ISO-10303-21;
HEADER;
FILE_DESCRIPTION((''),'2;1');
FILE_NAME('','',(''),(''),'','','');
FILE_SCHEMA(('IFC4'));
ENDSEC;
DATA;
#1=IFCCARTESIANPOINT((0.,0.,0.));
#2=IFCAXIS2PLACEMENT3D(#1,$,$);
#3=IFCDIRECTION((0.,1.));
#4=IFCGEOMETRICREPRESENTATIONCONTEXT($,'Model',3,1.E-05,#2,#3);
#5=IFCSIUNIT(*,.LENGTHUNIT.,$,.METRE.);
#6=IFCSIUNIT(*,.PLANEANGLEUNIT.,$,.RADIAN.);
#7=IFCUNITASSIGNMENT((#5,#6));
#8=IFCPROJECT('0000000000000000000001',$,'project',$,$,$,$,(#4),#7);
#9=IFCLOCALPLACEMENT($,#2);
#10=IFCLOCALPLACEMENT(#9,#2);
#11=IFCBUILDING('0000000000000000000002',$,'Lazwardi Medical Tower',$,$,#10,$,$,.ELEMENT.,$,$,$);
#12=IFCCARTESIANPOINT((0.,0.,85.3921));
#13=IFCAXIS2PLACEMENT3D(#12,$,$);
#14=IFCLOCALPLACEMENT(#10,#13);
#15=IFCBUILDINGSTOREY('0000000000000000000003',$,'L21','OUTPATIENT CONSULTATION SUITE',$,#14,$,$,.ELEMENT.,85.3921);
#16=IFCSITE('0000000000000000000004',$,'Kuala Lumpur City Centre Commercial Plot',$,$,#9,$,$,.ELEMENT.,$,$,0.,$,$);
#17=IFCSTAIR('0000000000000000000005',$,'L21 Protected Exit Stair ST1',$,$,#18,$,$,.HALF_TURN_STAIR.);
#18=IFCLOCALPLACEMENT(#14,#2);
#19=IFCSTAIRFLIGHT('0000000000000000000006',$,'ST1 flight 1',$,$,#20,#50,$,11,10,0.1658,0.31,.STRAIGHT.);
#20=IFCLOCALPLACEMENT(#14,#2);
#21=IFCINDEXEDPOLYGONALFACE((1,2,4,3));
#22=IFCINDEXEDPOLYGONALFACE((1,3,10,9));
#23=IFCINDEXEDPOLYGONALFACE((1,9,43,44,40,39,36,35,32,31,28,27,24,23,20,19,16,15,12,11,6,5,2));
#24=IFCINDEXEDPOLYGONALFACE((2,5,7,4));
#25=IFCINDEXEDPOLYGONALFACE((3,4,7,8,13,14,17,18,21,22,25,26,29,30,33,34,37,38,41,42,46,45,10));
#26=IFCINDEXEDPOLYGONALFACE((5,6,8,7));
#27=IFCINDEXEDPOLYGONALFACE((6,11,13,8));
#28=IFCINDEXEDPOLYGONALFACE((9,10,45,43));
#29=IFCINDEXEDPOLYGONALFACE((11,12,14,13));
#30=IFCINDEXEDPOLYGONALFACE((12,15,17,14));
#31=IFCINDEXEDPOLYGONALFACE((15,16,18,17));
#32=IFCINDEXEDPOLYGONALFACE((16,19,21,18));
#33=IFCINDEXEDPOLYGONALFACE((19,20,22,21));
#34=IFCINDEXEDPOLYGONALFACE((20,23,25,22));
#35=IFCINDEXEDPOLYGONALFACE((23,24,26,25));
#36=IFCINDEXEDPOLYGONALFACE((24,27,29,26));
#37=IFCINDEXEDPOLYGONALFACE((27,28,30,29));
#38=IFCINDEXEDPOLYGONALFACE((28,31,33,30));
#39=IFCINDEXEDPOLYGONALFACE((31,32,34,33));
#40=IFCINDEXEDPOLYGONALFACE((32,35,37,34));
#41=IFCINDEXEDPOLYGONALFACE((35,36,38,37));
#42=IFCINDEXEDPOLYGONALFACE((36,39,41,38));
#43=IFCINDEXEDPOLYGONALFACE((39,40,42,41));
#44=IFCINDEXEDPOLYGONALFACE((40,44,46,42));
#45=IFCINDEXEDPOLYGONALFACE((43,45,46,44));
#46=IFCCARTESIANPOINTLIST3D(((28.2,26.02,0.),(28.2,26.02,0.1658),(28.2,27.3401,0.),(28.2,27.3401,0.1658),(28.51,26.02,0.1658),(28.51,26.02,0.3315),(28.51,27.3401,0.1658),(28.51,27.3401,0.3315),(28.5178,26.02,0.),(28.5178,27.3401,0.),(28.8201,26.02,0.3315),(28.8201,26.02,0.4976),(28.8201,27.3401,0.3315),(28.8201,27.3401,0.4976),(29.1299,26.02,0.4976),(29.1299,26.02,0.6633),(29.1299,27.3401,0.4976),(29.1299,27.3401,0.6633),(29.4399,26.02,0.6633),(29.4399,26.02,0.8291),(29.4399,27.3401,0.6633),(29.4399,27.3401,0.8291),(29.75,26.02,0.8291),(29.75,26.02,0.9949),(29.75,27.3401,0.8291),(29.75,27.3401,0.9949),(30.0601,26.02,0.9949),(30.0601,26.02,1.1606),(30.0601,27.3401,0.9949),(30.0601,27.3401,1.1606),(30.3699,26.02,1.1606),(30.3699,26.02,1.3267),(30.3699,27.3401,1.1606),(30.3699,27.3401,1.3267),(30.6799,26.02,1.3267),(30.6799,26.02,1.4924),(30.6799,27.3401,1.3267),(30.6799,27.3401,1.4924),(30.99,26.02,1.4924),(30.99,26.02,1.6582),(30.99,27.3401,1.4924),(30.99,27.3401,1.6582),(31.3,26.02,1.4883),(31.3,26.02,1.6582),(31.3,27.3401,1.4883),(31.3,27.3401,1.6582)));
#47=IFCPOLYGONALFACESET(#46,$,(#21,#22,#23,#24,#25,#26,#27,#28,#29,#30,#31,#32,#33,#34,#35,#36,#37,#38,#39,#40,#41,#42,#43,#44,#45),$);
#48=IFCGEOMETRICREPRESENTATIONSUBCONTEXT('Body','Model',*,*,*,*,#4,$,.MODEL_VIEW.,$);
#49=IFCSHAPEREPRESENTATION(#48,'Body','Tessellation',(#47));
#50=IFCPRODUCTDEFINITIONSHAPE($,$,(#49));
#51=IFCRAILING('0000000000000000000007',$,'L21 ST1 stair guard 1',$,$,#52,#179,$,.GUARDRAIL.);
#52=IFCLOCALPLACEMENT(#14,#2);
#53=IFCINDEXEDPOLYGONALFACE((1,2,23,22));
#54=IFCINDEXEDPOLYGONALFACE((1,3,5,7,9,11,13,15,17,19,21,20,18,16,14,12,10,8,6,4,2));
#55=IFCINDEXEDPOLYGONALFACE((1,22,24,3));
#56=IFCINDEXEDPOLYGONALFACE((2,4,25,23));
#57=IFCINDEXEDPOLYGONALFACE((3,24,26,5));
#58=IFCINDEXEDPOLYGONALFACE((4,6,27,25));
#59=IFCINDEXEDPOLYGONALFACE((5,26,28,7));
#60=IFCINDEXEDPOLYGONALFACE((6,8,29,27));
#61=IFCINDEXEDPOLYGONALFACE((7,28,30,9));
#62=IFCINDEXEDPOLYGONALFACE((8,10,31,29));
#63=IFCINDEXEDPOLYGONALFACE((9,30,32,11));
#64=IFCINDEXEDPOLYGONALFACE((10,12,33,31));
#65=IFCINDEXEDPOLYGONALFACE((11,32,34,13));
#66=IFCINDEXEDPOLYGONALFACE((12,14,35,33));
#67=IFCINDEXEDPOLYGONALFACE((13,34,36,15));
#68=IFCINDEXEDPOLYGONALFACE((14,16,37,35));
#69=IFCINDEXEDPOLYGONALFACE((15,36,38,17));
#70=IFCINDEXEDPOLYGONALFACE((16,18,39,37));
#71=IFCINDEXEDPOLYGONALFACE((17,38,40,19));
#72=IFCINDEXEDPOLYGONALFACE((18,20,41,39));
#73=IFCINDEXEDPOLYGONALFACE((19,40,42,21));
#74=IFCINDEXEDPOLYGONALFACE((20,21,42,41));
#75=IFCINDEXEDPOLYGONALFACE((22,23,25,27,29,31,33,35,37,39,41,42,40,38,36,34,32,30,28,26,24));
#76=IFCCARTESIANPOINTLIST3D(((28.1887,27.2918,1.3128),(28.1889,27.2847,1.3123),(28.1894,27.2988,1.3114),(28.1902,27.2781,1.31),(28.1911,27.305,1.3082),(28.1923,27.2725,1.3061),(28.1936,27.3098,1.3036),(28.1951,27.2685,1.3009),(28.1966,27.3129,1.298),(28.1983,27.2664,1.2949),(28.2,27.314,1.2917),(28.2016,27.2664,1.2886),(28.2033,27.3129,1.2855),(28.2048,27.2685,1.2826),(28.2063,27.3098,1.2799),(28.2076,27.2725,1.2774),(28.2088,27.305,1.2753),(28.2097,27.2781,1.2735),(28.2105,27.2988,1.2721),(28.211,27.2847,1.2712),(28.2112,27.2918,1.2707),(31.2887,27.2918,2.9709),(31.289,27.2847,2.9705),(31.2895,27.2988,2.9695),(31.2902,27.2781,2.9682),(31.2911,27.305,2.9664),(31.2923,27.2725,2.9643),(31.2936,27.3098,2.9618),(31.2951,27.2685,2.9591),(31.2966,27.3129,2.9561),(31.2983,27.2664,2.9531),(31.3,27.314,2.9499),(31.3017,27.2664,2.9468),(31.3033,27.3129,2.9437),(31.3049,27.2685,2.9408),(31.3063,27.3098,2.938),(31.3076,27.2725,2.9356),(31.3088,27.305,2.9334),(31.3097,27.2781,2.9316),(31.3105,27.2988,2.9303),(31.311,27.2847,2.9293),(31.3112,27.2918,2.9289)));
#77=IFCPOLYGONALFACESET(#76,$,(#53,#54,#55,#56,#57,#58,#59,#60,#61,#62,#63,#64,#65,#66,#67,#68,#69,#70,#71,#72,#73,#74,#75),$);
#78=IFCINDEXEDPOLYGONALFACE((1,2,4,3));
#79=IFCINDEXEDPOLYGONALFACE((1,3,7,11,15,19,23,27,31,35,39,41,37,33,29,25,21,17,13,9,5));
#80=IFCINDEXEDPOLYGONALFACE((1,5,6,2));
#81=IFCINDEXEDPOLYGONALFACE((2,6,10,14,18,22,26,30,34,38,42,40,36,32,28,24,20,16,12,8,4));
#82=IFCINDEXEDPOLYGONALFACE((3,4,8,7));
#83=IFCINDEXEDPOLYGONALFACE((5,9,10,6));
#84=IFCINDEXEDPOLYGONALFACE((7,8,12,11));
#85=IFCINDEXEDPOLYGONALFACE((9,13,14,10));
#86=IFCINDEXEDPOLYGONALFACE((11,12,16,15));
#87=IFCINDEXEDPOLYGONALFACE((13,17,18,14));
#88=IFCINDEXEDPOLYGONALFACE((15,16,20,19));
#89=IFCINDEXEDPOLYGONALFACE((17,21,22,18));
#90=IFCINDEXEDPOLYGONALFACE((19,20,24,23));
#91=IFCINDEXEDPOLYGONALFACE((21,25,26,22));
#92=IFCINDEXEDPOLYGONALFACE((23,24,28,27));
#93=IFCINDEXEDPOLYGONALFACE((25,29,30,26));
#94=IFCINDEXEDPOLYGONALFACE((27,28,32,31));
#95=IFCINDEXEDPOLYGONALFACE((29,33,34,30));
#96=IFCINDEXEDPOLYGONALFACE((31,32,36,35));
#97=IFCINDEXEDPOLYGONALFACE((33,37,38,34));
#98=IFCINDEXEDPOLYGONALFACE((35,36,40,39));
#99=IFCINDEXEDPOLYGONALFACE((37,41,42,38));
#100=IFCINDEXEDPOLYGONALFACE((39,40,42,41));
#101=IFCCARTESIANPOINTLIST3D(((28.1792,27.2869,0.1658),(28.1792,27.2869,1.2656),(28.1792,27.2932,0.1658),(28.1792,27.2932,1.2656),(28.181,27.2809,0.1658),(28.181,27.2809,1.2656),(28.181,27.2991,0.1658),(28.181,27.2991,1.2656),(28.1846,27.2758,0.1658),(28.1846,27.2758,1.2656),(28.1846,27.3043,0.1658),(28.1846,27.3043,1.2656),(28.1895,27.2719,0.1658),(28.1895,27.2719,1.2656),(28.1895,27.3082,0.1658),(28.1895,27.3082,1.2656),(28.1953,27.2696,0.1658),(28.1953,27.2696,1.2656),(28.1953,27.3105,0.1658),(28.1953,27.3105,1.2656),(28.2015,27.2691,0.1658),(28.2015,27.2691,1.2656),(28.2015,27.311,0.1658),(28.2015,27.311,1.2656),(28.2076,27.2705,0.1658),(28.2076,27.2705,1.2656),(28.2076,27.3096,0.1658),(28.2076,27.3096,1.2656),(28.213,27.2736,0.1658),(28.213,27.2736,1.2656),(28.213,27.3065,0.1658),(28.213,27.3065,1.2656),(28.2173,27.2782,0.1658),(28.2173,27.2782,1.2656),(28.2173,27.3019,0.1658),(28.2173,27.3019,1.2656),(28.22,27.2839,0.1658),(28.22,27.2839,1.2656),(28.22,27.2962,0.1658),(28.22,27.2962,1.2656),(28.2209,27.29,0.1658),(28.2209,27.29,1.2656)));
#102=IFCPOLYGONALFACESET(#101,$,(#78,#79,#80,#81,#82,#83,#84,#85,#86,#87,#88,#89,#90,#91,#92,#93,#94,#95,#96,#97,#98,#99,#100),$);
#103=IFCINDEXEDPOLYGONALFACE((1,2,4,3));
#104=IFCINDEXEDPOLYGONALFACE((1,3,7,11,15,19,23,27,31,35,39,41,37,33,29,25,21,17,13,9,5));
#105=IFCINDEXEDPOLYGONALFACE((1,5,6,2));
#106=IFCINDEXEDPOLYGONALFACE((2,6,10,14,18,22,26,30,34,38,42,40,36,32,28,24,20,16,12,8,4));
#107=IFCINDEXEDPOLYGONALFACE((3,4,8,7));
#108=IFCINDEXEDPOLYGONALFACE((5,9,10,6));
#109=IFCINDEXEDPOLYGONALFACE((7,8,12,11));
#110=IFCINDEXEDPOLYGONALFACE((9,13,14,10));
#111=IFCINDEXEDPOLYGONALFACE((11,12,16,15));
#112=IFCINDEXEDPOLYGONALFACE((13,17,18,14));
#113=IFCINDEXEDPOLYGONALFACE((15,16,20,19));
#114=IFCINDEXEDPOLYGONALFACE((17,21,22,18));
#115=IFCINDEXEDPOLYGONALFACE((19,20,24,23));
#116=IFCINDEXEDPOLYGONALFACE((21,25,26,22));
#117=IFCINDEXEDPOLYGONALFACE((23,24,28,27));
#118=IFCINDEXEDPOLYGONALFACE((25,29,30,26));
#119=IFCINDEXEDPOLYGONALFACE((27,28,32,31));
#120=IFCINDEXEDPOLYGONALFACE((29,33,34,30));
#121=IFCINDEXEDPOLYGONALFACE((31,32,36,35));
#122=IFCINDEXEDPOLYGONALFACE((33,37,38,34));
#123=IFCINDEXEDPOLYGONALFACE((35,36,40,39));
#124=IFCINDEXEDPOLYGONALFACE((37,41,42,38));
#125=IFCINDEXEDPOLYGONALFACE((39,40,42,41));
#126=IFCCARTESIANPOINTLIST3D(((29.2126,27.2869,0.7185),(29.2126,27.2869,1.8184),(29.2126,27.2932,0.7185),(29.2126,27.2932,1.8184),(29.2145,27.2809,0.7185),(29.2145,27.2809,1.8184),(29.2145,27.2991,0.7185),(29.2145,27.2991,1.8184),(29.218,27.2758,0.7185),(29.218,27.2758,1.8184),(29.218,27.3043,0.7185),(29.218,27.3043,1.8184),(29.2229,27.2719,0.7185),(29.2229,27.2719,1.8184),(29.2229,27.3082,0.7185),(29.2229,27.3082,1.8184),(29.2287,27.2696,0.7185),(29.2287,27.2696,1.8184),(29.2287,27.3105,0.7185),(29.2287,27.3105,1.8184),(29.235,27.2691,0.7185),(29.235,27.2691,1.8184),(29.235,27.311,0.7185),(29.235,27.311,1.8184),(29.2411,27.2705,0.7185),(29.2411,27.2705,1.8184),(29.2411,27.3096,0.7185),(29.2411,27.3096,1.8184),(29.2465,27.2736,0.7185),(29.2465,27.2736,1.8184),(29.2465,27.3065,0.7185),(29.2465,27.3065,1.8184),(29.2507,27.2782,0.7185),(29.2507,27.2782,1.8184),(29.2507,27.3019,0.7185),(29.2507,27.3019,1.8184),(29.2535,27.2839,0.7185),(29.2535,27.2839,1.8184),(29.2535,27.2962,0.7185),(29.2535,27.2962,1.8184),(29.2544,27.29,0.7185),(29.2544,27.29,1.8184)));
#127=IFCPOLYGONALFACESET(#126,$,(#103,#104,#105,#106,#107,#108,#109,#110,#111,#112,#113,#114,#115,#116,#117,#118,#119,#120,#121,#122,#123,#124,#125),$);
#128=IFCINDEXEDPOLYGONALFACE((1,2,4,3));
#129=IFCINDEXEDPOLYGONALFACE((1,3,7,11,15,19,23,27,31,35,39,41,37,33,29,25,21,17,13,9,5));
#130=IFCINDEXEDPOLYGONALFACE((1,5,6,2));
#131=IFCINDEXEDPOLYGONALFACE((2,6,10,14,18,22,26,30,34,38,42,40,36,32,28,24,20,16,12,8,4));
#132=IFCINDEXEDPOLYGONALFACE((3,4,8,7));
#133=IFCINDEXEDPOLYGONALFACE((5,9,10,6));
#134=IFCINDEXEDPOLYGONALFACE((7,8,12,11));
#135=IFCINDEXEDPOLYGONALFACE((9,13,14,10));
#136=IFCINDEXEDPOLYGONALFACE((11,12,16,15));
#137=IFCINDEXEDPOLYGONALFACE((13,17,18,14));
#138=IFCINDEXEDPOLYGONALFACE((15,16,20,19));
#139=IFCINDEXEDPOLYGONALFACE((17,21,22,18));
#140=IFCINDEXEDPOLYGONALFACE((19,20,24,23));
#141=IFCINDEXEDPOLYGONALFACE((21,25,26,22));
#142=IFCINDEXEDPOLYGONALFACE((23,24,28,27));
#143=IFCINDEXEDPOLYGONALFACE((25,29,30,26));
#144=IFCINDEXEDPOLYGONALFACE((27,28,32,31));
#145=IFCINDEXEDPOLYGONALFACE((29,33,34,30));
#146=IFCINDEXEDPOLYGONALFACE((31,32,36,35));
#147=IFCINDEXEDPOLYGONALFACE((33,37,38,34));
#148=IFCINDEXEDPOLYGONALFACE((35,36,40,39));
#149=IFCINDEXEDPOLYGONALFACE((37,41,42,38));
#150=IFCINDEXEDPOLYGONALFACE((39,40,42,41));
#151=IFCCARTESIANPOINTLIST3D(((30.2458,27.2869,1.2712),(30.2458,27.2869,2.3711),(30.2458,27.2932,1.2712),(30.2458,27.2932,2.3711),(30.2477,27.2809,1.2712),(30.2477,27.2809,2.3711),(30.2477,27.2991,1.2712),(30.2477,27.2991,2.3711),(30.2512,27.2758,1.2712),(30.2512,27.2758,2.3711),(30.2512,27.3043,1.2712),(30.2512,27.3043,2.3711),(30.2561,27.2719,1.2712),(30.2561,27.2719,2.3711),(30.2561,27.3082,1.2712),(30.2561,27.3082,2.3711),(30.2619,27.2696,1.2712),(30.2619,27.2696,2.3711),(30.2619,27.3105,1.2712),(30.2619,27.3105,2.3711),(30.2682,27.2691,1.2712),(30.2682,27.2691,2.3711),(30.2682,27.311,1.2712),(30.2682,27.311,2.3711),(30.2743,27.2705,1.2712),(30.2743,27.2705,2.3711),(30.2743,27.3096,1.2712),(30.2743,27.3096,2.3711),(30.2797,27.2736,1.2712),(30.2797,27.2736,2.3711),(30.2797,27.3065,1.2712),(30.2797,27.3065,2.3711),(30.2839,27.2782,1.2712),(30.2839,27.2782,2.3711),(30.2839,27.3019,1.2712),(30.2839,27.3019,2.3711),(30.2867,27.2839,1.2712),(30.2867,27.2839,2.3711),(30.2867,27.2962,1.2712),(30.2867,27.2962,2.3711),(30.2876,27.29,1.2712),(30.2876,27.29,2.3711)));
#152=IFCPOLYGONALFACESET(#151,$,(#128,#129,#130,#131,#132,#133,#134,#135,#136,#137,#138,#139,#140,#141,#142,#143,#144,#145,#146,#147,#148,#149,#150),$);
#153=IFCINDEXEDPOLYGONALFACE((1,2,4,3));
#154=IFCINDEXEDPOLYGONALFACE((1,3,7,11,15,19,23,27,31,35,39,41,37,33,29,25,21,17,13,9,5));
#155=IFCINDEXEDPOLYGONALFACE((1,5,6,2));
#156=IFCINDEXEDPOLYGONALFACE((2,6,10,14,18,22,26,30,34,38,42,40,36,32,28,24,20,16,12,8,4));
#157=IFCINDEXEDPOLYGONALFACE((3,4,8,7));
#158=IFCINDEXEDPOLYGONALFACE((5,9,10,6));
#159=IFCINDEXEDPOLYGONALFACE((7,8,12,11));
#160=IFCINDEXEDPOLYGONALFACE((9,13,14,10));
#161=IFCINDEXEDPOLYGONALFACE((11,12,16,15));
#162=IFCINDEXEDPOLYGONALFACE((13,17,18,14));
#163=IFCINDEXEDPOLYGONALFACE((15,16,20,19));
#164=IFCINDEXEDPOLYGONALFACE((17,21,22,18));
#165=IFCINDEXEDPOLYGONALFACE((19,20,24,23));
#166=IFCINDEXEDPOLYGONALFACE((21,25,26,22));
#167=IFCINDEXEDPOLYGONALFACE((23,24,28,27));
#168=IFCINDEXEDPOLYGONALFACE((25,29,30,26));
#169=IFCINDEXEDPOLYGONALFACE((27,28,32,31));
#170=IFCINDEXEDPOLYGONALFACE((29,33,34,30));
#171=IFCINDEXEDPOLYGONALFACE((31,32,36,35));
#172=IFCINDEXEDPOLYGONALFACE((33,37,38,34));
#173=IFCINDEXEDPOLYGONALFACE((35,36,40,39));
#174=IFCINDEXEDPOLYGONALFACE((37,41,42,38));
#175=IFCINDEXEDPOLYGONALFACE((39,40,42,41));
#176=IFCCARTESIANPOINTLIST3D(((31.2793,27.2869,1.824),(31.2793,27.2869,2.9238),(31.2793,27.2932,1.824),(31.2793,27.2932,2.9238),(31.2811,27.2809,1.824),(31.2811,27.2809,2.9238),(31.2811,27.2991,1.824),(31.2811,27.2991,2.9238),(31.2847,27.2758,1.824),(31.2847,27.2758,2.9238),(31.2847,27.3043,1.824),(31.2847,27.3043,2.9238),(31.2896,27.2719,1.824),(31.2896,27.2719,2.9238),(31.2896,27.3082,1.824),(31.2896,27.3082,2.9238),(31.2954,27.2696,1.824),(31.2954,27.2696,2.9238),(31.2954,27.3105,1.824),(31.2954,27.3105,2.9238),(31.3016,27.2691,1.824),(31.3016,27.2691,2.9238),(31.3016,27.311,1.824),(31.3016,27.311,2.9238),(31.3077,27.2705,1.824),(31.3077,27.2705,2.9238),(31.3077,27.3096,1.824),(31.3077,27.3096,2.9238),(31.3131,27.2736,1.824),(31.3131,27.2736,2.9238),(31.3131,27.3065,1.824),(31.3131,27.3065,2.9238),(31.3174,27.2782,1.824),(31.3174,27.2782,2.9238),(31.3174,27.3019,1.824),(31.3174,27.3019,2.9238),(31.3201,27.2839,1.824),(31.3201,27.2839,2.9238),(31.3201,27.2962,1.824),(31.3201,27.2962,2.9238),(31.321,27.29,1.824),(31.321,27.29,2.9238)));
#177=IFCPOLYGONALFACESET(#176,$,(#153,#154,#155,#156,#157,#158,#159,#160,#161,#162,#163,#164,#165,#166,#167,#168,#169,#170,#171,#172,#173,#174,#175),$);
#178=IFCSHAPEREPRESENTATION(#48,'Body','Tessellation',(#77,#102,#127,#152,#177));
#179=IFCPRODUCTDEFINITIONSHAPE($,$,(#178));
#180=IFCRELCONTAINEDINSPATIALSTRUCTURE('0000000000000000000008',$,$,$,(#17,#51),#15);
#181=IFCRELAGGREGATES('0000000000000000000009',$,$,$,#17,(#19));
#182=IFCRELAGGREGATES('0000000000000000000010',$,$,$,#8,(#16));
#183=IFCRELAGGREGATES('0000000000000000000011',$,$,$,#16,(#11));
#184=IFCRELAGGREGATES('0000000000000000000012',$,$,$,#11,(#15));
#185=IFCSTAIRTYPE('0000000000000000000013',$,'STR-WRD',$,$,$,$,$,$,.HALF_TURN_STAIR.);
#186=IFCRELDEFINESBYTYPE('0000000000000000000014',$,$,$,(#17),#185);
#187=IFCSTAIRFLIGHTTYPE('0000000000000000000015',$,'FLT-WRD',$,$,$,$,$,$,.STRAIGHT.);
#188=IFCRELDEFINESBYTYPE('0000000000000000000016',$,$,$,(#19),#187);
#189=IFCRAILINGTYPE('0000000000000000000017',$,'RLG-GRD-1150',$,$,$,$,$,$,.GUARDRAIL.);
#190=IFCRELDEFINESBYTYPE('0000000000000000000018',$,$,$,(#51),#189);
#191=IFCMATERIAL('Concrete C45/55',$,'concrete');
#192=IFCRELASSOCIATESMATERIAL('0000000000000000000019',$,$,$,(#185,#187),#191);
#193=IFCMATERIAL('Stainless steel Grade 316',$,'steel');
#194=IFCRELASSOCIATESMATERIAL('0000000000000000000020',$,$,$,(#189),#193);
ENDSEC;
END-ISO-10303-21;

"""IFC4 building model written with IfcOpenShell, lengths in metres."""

from ifc_helpers import new_model, si_unit, direction, frame, origin, origin_2d, place, context, subcontext, project, spatial, polyline, circle, outline, extrude, material, type_object, element, aggregate, save


model = new_model("IFC4")

# Units and contexts
model_context = context("Model", 3, precision=1e-05, world=origin(), true_north=direction((0.0, 1.0)))
body_context = subcontext(model_context, "Body", "Model", "MODEL_VIEW")
ifc_project = project(units=[si_unit("LENGTHUNIT", "METRE"), si_unit("PLANEANGLEUNIT", "RADIAN")], contexts=[model_context])

# Site, building, storey
site_placement = place(None, origin())
site = spatial("IfcSite", under=ifc_project, at=site_placement, Name="Kuala Lumpur City Centre Commercial Plot", CompositionType="ELEMENT", RefElevation=0.0)
building_placement = place(site_placement, origin())
building = spatial("IfcBuilding", under=site, at=building_placement, Name="Lazwardi Medical Tower", CompositionType="ELEMENT")
storey_placement = place(building_placement, frame((0.0, 0.0, 85.3921)))
storey = spatial("IfcBuildingStorey", under=building, at=storey_placement, Name="L21", Description="OUTPATIENT CONSULTATION SUITE", CompositionType="ELEMENT", Elevation=85.3921)

# Stair, stair flight
ifc_material_1 = material(Name="Concrete C45/55", Category="concrete")
stair_type = type_object("IfcStairType", Name="STR-WRD", PredefinedType="HALF_TURN_STAIR", material=ifc_material_1)
stair_placement = place(storey_placement, origin())
stair = element("IfcStair", 1, at=stair_placement, inside=storey, type_object=stair_type, Name="L21 Protected Exit Stair ST1", PredefinedType="HALF_TURN_STAIR")
stair_flight_type = type_object("IfcStairFlightType", Name="FLT-WRD", PredefinedType="STRAIGHT", material=ifc_material_1)
stair_flight_placement = place(storey_placement, frame((28.2, 26.6799, 0.0), z_axis=(0.0, 0.0, 1.0), x_axis=(1.0, 0.0, 0.0)))
stair_flight = element("IfcStairFlight", 2, at=stair_flight_placement, type_object=stair_flight_type, Name="ST1 flight 1", NumberOfRisers=11, NumberOfTreads=10, PredefinedType="STRAIGHT", RiserHeight=0.1658, TreadLength=0.31, context=body_context, shape_type="SweptSolid", body=[
    extrude(outline(polyline([(0.0, 0.0), (0.0, 0.1658), (0.3101, 0.1658), (0.3101, 0.3315), (0.6201, 0.3315), (0.6201, 0.4976), (0.9299, 0.4976), (0.9299, 0.6633), (1.24, 0.6633), (1.24, 0.8291), (1.55, 0.8291), (1.55, 0.9949), (1.8601, 0.9949), (1.8601, 1.1606), (2.1699, 1.1606), (2.1699, 1.3267), (2.48, 1.3267), (2.48, 1.4924), (2.79, 1.4924), (2.79, 1.6582), (3.1001, 1.6582), (3.1001, 1.824), (3.1001, 1.4883), (0.3179, 0.0), (0.0, 0.0)])), frame((0.0, 0.6602, 0.0), z_axis=(0.0, -1.0, 0.0), x_axis=(1.0, 0.0, 0.0)), (0.0, 0.0, 1.0), 1.3201),
])
aggregate(stair, [stair_flight])

# Railing
ifc_material_2 = material(Name="Stainless steel Grade 316", Category="steel")
railing_type_1 = type_object("IfcRailingType", Name="RLG-GRD-1150", PredefinedType="GUARDRAIL", material=ifc_material_2)
railing_1_placement = place(storey_placement, frame((28.2, 27.29, 0.1658)))
element("IfcRailing", 3, at=railing_1_placement, inside=storey, type_object=railing_type_1, Name="L21 ST1 stair guard 1", PredefinedType="GUARDRAIL", context=body_context, shape_type="SweptSolid", body=[
    extrude(circle(Radius=0.0239, at=origin_2d()), frame((0.0, 0.0, 1.126), z_axis=(0.881783, 0.0, 0.471655), x_axis=(0.0, 1.0, 0.0)), (0.0, 0.0, 1.0), 3.5156),
    extrude(circle(Radius=0.021, at=origin_2d()), origin(), (0.0, 0.0, 1.0), 1.0999),
    extrude(circle(Radius=0.021, at=origin_2d()), frame((1.0334, 0.0, 0.5527)), (0.0, 0.0, 1.0), 1.0999),
    extrude(circle(Radius=0.021, at=origin_2d()), frame((2.0667, 0.0, 1.1055)), (0.0, 0.0, 1.0), 1.0999),
    extrude(circle(Radius=0.021, at=origin_2d()), frame((3.1001, 0.0, 1.6582)), (0.0, 0.0, 1.0), 1.0999),
])

save(model, "model.ifc")
